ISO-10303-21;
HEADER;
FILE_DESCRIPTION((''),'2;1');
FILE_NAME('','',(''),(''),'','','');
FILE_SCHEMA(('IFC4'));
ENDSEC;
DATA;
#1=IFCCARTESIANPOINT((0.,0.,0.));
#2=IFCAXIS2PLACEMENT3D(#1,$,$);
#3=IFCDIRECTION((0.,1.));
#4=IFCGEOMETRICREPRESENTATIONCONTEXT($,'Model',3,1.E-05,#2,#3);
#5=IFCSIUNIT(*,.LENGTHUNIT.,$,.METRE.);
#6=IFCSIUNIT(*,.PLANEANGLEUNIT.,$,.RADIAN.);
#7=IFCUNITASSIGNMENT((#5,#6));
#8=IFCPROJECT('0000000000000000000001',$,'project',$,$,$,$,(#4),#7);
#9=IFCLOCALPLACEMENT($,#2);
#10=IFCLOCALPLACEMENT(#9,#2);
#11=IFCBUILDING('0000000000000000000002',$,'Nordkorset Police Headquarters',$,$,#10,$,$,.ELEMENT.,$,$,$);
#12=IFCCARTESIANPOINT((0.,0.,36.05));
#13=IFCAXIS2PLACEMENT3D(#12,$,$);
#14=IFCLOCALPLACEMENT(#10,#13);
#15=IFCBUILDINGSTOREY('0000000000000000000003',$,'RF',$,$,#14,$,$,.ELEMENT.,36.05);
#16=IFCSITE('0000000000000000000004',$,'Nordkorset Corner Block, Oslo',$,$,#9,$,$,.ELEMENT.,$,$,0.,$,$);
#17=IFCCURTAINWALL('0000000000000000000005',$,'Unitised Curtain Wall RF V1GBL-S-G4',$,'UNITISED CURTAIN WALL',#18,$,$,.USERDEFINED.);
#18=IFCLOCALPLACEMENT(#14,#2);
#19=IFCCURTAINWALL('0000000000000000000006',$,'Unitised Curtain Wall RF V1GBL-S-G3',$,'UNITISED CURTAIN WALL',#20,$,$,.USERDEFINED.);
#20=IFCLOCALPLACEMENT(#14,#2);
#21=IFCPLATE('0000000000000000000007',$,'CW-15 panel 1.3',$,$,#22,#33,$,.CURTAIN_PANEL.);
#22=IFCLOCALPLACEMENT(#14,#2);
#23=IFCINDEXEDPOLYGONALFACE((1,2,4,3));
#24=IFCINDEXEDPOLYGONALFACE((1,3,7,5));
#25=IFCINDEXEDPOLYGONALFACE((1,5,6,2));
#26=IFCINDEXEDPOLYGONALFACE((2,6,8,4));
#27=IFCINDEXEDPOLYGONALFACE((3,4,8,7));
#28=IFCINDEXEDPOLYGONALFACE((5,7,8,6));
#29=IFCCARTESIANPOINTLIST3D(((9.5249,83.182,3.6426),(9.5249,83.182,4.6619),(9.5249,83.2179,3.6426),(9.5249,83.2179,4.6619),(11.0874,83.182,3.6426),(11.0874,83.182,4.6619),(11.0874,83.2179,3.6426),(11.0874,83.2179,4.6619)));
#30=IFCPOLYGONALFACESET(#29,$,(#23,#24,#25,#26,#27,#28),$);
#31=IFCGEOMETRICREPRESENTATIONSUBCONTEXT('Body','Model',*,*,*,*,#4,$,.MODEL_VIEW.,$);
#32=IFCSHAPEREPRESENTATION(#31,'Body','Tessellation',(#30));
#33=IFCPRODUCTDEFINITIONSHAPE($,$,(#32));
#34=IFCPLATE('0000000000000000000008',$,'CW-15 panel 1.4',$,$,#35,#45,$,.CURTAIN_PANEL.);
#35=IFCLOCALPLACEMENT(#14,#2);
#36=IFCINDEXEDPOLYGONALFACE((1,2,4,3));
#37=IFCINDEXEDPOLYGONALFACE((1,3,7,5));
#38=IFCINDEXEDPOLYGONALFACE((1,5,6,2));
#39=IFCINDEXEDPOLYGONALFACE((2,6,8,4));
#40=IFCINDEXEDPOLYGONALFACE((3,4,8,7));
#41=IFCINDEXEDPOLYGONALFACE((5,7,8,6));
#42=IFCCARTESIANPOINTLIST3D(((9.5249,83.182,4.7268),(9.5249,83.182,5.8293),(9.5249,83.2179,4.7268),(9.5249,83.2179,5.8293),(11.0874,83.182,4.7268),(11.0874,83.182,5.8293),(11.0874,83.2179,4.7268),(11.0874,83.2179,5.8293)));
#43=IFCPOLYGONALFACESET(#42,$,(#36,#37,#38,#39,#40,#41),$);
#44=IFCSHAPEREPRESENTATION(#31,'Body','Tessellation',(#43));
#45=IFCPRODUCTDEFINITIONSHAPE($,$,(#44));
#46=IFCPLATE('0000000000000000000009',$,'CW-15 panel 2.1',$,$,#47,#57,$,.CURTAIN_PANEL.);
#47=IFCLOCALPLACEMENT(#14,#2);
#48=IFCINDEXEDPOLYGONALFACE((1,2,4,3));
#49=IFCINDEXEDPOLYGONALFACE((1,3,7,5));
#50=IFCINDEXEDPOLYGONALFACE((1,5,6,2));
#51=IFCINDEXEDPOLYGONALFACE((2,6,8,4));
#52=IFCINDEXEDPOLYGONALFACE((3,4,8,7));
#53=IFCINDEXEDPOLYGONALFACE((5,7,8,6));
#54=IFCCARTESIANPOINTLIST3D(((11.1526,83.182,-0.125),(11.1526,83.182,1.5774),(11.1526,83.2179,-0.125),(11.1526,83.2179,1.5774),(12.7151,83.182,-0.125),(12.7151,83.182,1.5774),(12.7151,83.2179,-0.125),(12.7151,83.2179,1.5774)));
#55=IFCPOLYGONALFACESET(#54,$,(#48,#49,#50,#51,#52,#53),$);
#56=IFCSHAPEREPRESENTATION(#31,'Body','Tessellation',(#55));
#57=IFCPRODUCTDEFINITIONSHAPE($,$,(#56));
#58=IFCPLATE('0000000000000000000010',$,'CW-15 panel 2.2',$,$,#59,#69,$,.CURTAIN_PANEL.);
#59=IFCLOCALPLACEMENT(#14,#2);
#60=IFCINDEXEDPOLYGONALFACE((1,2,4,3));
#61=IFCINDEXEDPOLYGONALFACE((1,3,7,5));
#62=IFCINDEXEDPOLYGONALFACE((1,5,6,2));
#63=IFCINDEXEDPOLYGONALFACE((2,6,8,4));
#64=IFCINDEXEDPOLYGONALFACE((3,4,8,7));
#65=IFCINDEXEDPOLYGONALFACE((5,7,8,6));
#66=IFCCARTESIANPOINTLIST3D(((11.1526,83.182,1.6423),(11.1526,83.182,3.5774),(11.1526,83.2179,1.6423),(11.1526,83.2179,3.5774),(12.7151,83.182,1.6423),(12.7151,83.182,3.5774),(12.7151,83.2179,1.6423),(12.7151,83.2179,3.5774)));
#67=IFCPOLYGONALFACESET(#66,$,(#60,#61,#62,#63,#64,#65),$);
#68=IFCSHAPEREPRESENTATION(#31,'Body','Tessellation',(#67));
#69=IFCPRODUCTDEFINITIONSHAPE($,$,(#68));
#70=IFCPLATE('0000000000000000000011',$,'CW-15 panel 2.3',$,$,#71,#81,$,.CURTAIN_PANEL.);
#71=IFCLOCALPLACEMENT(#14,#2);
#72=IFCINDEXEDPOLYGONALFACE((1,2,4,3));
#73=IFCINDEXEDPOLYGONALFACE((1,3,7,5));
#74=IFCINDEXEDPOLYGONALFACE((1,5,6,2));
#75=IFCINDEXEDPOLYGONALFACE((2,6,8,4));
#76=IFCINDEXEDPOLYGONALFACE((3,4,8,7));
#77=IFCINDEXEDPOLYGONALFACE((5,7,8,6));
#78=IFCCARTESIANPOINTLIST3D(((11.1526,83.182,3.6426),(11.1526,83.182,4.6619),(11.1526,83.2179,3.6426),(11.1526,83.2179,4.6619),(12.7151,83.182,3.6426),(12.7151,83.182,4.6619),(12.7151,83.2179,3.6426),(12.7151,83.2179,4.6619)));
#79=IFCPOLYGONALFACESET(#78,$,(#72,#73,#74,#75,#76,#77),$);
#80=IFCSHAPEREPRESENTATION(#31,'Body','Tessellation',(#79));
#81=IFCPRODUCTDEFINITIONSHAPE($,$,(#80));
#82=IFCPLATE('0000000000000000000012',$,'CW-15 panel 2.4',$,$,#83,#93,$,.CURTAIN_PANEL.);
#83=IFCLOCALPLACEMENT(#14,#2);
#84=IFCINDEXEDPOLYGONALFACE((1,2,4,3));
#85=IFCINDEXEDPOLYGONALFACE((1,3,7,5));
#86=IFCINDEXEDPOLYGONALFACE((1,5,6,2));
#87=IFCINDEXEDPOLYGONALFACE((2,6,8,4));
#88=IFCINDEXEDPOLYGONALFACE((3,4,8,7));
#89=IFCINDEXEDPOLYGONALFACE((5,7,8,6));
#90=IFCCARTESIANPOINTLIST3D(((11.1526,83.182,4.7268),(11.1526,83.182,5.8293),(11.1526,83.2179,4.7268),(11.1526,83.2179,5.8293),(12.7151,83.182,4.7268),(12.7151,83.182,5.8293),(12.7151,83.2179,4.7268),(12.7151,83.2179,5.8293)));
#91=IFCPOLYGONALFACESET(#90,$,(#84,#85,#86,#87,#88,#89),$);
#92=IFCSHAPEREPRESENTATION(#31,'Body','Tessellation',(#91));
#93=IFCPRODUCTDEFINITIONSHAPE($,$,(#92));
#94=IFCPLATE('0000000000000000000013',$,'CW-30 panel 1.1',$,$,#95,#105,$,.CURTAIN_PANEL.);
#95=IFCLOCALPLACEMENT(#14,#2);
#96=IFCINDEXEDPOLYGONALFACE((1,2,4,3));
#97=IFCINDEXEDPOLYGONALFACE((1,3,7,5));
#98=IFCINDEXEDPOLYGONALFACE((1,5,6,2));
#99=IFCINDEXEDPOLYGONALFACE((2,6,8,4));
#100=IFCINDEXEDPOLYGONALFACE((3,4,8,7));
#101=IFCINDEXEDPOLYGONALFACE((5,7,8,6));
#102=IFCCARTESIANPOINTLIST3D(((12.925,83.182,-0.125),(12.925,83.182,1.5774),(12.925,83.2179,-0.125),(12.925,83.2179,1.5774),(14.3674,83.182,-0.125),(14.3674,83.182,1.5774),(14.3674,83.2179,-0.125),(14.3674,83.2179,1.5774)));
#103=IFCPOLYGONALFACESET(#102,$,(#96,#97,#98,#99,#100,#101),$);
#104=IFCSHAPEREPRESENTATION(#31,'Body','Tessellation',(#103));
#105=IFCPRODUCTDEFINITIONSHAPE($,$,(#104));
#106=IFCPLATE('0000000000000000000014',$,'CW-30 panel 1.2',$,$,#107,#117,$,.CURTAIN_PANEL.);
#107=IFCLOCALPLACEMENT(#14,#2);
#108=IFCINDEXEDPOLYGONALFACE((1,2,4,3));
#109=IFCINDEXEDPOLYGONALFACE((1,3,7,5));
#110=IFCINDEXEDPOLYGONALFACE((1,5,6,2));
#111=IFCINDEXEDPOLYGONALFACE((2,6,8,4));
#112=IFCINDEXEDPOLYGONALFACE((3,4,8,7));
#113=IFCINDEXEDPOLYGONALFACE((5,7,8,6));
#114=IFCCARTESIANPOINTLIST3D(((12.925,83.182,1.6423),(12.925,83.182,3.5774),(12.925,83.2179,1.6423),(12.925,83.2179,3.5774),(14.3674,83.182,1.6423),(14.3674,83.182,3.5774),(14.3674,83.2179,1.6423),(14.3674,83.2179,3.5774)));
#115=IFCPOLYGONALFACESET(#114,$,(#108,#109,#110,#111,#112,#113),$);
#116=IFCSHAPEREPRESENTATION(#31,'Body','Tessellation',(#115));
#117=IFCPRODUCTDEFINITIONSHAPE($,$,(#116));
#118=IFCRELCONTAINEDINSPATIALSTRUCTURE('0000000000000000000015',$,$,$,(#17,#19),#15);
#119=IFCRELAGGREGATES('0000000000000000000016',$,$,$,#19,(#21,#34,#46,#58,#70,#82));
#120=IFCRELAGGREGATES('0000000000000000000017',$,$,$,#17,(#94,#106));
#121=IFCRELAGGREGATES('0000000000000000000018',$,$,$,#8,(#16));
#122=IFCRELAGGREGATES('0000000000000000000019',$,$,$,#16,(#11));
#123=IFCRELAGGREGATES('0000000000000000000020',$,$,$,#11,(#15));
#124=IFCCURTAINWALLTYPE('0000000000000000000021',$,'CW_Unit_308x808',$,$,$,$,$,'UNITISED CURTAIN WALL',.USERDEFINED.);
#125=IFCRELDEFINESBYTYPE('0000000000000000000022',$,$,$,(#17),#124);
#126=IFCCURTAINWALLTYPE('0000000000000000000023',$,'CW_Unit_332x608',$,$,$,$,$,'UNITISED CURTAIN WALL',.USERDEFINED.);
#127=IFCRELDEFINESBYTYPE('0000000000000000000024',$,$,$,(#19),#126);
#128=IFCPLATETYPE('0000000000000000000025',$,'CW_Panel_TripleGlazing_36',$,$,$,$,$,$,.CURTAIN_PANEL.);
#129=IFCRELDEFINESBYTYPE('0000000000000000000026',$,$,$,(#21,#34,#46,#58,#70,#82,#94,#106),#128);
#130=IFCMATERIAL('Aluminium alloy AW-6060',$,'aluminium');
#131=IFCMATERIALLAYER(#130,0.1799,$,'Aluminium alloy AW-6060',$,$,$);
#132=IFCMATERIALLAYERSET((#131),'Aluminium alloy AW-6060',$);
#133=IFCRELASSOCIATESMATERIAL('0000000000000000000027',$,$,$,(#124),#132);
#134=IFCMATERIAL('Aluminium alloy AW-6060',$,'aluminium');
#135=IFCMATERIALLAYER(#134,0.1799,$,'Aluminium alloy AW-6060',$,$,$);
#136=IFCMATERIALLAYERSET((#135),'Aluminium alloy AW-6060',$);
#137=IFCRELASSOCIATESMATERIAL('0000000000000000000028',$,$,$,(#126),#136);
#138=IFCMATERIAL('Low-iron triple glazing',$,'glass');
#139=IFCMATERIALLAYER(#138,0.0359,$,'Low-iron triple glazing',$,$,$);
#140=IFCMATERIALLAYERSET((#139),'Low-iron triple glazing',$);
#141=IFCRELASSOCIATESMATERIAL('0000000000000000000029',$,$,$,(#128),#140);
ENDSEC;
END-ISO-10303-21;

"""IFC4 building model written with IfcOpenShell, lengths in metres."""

from ifc_helpers import new_model, si_unit, direction, frame, origin, origin_2d, place, context, subcontext, project, spatial, rectangle, extrude, material, layer, layer_set, type_object, element, aggregate, save


model = new_model("IFC4")

# Units and contexts
model_context = context("Model", 3, precision=1e-05, world=origin(), true_north=direction((0.0, 1.0)))
body_context = subcontext(model_context, "Body", "Model", "MODEL_VIEW")
ifc_project = project(units=[si_unit("LENGTHUNIT", "METRE"), si_unit("PLANEANGLEUNIT", "RADIAN")], contexts=[model_context])

# Site, building, storey
site_placement = place(None, origin())
site = spatial("IfcSite", under=ifc_project, at=site_placement, Name="Nordkorset Corner Block, Oslo", CompositionType="ELEMENT", RefElevation=0.0)
building_placement = place(site_placement, origin())
building = spatial("IfcBuilding", under=site, at=building_placement, Name="Nordkorset Police Headquarters", CompositionType="ELEMENT")
storey_placement = place(building_placement, frame((0.0, 0.0, 36.05)))
storey = spatial("IfcBuildingStorey", under=building, at=storey_placement, Name="RF", CompositionType="ELEMENT", Elevation=36.05)

# Curtain wall
ifc_material_1 = material(Name="Aluminium alloy AW-6060", Category="aluminium")
ifc_layer_1 = layer(ifc_material_1, 0.1799, Name="Aluminium alloy AW-6060")
ifc_layer_set_1 = layer_set([ifc_layer_1], Name="Aluminium alloy AW-6060")
curtain_wall_type_1 = type_object("IfcCurtainWallType", Name="CW_Unit_308x808", ElementType="UNITISED CURTAIN WALL", PredefinedType="USERDEFINED", material=ifc_layer_set_1)
curtain_wall_1_placement = place(storey_placement, origin())
curtain_wall_1 = element("IfcCurtainWall", 1, at=curtain_wall_1_placement, inside=storey, type_object=curtain_wall_type_1, Name="Unitised Curtain Wall RF V1GBL-S-G4", ObjectType="UNITISED CURTAIN WALL", PredefinedType="USERDEFINED")

# Curtain wall
ifc_material_2 = material(Name="Aluminium alloy AW-6060", Category="aluminium")
ifc_layer_2 = layer(ifc_material_2, 0.1799, Name="Aluminium alloy AW-6060")
ifc_layer_set_2 = layer_set([ifc_layer_2], Name="Aluminium alloy AW-6060")
curtain_wall_type_2 = type_object("IfcCurtainWallType", Name="CW_Unit_332x608", ElementType="UNITISED CURTAIN WALL", PredefinedType="USERDEFINED", material=ifc_layer_set_2)
curtain_wall_2_placement = place(storey_placement, origin())
curtain_wall_2 = element("IfcCurtainWall", 2, at=curtain_wall_2_placement, inside=storey, type_object=curtain_wall_type_2, Name="Unitised Curtain Wall RF V1GBL-S-G3", ObjectType="UNITISED CURTAIN WALL", PredefinedType="USERDEFINED")

# Plates
ifc_material_3 = material(Name="Low-iron triple glazing", Category="glass")
ifc_layer_3 = layer(ifc_material_3, 0.0359, Name="Low-iron triple glazing")
ifc_layer_set_3 = layer_set([ifc_layer_3], Name="Low-iron triple glazing")
plate_type = type_object("IfcPlateType", Name="CW_Panel_TripleGlazing_36", PredefinedType="CURTAIN_PANEL", material=ifc_layer_set_3)
plate_1_placement = place(storey_placement, frame((10.3062, 83.2, 3.6426), z_axis=(0.0, 0.0, 1.0), x_axis=(1.0, 0.0, 0.0)))
plate_1 = element("IfcPlate", 3, at=plate_1_placement, type_object=plate_type, Name="CW-15 panel 1.3", PredefinedType="CURTAIN_PANEL", context=body_context, shape_type="SweptSolid", body=[
    extrude(rectangle(XDim=1.5625, YDim=0.0359, at=origin_2d()), origin(), (0.0, 0.0, 1.0), 1.0193),
])
plate_2_placement = place(storey_placement, frame((10.3062, 83.2, 4.7268), z_axis=(0.0, 0.0, 1.0), x_axis=(1.0, 0.0, 0.0)))
plate_2 = element("IfcPlate", 4, at=plate_2_placement, type_object=plate_type, Name="CW-15 panel 1.4", PredefinedType="CURTAIN_PANEL", context=body_context, shape_type="SweptSolid", body=[
    extrude(rectangle(XDim=1.5625, YDim=0.0359, at=origin_2d()), origin(), (0.0, 0.0, 1.0), 1.1025),
])
plate_3_placement = place(storey_placement, frame((11.9338, 83.2, -0.125), z_axis=(0.0, 0.0, 1.0), x_axis=(1.0, 0.0, 0.0)))
plate_3 = element("IfcPlate", 5, at=plate_3_placement, type_object=plate_type, Name="CW-15 panel 2.1", PredefinedType="CURTAIN_PANEL", context=body_context, shape_type="SweptSolid", body=[
    extrude(rectangle(XDim=1.5625, YDim=0.0359, at=origin_2d()), origin(), (0.0, 0.0, 1.0), 1.7024),
])
plate_4_placement = place(storey_placement, frame((11.9338, 83.2, 1.6423), z_axis=(0.0, 0.0, 1.0), x_axis=(1.0, 0.0, 0.0)))
plate_4 = element("IfcPlate", 6, at=plate_4_placement, type_object=plate_type, Name="CW-15 panel 2.2", PredefinedType="CURTAIN_PANEL", context=body_context, shape_type="SweptSolid", body=[
    extrude(rectangle(XDim=1.5625, YDim=0.0359, at=origin_2d()), origin(), (0.0, 0.0, 1.0), 1.9351),
])
plate_5_placement = place(storey_placement, frame((11.9338, 83.2, 3.6426), z_axis=(0.0, 0.0, 1.0), x_axis=(1.0, 0.0, 0.0)))
plate_5 = element("IfcPlate", 7, at=plate_5_placement, type_object=plate_type, Name="CW-15 panel 2.3", PredefinedType="CURTAIN_PANEL", context=body_context, shape_type="SweptSolid", body=[
    extrude(rectangle(XDim=1.5625, YDim=0.0359, at=origin_2d()), origin(), (0.0, 0.0, 1.0), 1.0193),
])
plate_6_placement = place(storey_placement, frame((11.9338, 83.2, 4.7268), z_axis=(0.0, 0.0, 1.0), x_axis=(1.0, 0.0, 0.0)))
plate_6 = element("IfcPlate", 8, at=plate_6_placement, type_object=plate_type, Name="CW-15 panel 2.4", PredefinedType="CURTAIN_PANEL", context=body_context, shape_type="SweptSolid", body=[
    extrude(rectangle(XDim=1.5625, YDim=0.0359, at=origin_2d()), origin(), (0.0, 0.0, 1.0), 1.1025),
])
aggregate(curtain_wall_2, [plate_1, plate_2, plate_3, plate_4, plate_5, plate_6])
plate_7_placement = place(storey_placement, frame((13.6462, 83.2, -0.125), z_axis=(0.0, 0.0, 1.0), x_axis=(1.0, 0.0, 0.0)))
plate_7 = element("IfcPlate", 9, at=plate_7_placement, type_object=plate_type, Name="CW-30 panel 1.1", PredefinedType="CURTAIN_PANEL", context=body_context, shape_type="SweptSolid", body=[
    extrude(rectangle(XDim=1.4424, YDim=0.0359, at=origin_2d()), origin(), (0.0, 0.0, 1.0), 1.7024),
])
plate_8_placement = place(storey_placement, frame((13.6462, 83.2, 1.6423), z_axis=(0.0, 0.0, 1.0), x_axis=(1.0, 0.0, 0.0)))
plate_8 = element("IfcPlate", 10, at=plate_8_placement, type_object=plate_type, Name="CW-30 panel 1.2", PredefinedType="CURTAIN_PANEL", context=body_context, shape_type="SweptSolid", body=[
    extrude(rectangle(XDim=1.4424, YDim=0.0359, at=origin_2d()), origin(), (0.0, 0.0, 1.0), 1.9351),
])
aggregate(curtain_wall_1, [plate_7, plate_8])

save(model, "model.ifc")
